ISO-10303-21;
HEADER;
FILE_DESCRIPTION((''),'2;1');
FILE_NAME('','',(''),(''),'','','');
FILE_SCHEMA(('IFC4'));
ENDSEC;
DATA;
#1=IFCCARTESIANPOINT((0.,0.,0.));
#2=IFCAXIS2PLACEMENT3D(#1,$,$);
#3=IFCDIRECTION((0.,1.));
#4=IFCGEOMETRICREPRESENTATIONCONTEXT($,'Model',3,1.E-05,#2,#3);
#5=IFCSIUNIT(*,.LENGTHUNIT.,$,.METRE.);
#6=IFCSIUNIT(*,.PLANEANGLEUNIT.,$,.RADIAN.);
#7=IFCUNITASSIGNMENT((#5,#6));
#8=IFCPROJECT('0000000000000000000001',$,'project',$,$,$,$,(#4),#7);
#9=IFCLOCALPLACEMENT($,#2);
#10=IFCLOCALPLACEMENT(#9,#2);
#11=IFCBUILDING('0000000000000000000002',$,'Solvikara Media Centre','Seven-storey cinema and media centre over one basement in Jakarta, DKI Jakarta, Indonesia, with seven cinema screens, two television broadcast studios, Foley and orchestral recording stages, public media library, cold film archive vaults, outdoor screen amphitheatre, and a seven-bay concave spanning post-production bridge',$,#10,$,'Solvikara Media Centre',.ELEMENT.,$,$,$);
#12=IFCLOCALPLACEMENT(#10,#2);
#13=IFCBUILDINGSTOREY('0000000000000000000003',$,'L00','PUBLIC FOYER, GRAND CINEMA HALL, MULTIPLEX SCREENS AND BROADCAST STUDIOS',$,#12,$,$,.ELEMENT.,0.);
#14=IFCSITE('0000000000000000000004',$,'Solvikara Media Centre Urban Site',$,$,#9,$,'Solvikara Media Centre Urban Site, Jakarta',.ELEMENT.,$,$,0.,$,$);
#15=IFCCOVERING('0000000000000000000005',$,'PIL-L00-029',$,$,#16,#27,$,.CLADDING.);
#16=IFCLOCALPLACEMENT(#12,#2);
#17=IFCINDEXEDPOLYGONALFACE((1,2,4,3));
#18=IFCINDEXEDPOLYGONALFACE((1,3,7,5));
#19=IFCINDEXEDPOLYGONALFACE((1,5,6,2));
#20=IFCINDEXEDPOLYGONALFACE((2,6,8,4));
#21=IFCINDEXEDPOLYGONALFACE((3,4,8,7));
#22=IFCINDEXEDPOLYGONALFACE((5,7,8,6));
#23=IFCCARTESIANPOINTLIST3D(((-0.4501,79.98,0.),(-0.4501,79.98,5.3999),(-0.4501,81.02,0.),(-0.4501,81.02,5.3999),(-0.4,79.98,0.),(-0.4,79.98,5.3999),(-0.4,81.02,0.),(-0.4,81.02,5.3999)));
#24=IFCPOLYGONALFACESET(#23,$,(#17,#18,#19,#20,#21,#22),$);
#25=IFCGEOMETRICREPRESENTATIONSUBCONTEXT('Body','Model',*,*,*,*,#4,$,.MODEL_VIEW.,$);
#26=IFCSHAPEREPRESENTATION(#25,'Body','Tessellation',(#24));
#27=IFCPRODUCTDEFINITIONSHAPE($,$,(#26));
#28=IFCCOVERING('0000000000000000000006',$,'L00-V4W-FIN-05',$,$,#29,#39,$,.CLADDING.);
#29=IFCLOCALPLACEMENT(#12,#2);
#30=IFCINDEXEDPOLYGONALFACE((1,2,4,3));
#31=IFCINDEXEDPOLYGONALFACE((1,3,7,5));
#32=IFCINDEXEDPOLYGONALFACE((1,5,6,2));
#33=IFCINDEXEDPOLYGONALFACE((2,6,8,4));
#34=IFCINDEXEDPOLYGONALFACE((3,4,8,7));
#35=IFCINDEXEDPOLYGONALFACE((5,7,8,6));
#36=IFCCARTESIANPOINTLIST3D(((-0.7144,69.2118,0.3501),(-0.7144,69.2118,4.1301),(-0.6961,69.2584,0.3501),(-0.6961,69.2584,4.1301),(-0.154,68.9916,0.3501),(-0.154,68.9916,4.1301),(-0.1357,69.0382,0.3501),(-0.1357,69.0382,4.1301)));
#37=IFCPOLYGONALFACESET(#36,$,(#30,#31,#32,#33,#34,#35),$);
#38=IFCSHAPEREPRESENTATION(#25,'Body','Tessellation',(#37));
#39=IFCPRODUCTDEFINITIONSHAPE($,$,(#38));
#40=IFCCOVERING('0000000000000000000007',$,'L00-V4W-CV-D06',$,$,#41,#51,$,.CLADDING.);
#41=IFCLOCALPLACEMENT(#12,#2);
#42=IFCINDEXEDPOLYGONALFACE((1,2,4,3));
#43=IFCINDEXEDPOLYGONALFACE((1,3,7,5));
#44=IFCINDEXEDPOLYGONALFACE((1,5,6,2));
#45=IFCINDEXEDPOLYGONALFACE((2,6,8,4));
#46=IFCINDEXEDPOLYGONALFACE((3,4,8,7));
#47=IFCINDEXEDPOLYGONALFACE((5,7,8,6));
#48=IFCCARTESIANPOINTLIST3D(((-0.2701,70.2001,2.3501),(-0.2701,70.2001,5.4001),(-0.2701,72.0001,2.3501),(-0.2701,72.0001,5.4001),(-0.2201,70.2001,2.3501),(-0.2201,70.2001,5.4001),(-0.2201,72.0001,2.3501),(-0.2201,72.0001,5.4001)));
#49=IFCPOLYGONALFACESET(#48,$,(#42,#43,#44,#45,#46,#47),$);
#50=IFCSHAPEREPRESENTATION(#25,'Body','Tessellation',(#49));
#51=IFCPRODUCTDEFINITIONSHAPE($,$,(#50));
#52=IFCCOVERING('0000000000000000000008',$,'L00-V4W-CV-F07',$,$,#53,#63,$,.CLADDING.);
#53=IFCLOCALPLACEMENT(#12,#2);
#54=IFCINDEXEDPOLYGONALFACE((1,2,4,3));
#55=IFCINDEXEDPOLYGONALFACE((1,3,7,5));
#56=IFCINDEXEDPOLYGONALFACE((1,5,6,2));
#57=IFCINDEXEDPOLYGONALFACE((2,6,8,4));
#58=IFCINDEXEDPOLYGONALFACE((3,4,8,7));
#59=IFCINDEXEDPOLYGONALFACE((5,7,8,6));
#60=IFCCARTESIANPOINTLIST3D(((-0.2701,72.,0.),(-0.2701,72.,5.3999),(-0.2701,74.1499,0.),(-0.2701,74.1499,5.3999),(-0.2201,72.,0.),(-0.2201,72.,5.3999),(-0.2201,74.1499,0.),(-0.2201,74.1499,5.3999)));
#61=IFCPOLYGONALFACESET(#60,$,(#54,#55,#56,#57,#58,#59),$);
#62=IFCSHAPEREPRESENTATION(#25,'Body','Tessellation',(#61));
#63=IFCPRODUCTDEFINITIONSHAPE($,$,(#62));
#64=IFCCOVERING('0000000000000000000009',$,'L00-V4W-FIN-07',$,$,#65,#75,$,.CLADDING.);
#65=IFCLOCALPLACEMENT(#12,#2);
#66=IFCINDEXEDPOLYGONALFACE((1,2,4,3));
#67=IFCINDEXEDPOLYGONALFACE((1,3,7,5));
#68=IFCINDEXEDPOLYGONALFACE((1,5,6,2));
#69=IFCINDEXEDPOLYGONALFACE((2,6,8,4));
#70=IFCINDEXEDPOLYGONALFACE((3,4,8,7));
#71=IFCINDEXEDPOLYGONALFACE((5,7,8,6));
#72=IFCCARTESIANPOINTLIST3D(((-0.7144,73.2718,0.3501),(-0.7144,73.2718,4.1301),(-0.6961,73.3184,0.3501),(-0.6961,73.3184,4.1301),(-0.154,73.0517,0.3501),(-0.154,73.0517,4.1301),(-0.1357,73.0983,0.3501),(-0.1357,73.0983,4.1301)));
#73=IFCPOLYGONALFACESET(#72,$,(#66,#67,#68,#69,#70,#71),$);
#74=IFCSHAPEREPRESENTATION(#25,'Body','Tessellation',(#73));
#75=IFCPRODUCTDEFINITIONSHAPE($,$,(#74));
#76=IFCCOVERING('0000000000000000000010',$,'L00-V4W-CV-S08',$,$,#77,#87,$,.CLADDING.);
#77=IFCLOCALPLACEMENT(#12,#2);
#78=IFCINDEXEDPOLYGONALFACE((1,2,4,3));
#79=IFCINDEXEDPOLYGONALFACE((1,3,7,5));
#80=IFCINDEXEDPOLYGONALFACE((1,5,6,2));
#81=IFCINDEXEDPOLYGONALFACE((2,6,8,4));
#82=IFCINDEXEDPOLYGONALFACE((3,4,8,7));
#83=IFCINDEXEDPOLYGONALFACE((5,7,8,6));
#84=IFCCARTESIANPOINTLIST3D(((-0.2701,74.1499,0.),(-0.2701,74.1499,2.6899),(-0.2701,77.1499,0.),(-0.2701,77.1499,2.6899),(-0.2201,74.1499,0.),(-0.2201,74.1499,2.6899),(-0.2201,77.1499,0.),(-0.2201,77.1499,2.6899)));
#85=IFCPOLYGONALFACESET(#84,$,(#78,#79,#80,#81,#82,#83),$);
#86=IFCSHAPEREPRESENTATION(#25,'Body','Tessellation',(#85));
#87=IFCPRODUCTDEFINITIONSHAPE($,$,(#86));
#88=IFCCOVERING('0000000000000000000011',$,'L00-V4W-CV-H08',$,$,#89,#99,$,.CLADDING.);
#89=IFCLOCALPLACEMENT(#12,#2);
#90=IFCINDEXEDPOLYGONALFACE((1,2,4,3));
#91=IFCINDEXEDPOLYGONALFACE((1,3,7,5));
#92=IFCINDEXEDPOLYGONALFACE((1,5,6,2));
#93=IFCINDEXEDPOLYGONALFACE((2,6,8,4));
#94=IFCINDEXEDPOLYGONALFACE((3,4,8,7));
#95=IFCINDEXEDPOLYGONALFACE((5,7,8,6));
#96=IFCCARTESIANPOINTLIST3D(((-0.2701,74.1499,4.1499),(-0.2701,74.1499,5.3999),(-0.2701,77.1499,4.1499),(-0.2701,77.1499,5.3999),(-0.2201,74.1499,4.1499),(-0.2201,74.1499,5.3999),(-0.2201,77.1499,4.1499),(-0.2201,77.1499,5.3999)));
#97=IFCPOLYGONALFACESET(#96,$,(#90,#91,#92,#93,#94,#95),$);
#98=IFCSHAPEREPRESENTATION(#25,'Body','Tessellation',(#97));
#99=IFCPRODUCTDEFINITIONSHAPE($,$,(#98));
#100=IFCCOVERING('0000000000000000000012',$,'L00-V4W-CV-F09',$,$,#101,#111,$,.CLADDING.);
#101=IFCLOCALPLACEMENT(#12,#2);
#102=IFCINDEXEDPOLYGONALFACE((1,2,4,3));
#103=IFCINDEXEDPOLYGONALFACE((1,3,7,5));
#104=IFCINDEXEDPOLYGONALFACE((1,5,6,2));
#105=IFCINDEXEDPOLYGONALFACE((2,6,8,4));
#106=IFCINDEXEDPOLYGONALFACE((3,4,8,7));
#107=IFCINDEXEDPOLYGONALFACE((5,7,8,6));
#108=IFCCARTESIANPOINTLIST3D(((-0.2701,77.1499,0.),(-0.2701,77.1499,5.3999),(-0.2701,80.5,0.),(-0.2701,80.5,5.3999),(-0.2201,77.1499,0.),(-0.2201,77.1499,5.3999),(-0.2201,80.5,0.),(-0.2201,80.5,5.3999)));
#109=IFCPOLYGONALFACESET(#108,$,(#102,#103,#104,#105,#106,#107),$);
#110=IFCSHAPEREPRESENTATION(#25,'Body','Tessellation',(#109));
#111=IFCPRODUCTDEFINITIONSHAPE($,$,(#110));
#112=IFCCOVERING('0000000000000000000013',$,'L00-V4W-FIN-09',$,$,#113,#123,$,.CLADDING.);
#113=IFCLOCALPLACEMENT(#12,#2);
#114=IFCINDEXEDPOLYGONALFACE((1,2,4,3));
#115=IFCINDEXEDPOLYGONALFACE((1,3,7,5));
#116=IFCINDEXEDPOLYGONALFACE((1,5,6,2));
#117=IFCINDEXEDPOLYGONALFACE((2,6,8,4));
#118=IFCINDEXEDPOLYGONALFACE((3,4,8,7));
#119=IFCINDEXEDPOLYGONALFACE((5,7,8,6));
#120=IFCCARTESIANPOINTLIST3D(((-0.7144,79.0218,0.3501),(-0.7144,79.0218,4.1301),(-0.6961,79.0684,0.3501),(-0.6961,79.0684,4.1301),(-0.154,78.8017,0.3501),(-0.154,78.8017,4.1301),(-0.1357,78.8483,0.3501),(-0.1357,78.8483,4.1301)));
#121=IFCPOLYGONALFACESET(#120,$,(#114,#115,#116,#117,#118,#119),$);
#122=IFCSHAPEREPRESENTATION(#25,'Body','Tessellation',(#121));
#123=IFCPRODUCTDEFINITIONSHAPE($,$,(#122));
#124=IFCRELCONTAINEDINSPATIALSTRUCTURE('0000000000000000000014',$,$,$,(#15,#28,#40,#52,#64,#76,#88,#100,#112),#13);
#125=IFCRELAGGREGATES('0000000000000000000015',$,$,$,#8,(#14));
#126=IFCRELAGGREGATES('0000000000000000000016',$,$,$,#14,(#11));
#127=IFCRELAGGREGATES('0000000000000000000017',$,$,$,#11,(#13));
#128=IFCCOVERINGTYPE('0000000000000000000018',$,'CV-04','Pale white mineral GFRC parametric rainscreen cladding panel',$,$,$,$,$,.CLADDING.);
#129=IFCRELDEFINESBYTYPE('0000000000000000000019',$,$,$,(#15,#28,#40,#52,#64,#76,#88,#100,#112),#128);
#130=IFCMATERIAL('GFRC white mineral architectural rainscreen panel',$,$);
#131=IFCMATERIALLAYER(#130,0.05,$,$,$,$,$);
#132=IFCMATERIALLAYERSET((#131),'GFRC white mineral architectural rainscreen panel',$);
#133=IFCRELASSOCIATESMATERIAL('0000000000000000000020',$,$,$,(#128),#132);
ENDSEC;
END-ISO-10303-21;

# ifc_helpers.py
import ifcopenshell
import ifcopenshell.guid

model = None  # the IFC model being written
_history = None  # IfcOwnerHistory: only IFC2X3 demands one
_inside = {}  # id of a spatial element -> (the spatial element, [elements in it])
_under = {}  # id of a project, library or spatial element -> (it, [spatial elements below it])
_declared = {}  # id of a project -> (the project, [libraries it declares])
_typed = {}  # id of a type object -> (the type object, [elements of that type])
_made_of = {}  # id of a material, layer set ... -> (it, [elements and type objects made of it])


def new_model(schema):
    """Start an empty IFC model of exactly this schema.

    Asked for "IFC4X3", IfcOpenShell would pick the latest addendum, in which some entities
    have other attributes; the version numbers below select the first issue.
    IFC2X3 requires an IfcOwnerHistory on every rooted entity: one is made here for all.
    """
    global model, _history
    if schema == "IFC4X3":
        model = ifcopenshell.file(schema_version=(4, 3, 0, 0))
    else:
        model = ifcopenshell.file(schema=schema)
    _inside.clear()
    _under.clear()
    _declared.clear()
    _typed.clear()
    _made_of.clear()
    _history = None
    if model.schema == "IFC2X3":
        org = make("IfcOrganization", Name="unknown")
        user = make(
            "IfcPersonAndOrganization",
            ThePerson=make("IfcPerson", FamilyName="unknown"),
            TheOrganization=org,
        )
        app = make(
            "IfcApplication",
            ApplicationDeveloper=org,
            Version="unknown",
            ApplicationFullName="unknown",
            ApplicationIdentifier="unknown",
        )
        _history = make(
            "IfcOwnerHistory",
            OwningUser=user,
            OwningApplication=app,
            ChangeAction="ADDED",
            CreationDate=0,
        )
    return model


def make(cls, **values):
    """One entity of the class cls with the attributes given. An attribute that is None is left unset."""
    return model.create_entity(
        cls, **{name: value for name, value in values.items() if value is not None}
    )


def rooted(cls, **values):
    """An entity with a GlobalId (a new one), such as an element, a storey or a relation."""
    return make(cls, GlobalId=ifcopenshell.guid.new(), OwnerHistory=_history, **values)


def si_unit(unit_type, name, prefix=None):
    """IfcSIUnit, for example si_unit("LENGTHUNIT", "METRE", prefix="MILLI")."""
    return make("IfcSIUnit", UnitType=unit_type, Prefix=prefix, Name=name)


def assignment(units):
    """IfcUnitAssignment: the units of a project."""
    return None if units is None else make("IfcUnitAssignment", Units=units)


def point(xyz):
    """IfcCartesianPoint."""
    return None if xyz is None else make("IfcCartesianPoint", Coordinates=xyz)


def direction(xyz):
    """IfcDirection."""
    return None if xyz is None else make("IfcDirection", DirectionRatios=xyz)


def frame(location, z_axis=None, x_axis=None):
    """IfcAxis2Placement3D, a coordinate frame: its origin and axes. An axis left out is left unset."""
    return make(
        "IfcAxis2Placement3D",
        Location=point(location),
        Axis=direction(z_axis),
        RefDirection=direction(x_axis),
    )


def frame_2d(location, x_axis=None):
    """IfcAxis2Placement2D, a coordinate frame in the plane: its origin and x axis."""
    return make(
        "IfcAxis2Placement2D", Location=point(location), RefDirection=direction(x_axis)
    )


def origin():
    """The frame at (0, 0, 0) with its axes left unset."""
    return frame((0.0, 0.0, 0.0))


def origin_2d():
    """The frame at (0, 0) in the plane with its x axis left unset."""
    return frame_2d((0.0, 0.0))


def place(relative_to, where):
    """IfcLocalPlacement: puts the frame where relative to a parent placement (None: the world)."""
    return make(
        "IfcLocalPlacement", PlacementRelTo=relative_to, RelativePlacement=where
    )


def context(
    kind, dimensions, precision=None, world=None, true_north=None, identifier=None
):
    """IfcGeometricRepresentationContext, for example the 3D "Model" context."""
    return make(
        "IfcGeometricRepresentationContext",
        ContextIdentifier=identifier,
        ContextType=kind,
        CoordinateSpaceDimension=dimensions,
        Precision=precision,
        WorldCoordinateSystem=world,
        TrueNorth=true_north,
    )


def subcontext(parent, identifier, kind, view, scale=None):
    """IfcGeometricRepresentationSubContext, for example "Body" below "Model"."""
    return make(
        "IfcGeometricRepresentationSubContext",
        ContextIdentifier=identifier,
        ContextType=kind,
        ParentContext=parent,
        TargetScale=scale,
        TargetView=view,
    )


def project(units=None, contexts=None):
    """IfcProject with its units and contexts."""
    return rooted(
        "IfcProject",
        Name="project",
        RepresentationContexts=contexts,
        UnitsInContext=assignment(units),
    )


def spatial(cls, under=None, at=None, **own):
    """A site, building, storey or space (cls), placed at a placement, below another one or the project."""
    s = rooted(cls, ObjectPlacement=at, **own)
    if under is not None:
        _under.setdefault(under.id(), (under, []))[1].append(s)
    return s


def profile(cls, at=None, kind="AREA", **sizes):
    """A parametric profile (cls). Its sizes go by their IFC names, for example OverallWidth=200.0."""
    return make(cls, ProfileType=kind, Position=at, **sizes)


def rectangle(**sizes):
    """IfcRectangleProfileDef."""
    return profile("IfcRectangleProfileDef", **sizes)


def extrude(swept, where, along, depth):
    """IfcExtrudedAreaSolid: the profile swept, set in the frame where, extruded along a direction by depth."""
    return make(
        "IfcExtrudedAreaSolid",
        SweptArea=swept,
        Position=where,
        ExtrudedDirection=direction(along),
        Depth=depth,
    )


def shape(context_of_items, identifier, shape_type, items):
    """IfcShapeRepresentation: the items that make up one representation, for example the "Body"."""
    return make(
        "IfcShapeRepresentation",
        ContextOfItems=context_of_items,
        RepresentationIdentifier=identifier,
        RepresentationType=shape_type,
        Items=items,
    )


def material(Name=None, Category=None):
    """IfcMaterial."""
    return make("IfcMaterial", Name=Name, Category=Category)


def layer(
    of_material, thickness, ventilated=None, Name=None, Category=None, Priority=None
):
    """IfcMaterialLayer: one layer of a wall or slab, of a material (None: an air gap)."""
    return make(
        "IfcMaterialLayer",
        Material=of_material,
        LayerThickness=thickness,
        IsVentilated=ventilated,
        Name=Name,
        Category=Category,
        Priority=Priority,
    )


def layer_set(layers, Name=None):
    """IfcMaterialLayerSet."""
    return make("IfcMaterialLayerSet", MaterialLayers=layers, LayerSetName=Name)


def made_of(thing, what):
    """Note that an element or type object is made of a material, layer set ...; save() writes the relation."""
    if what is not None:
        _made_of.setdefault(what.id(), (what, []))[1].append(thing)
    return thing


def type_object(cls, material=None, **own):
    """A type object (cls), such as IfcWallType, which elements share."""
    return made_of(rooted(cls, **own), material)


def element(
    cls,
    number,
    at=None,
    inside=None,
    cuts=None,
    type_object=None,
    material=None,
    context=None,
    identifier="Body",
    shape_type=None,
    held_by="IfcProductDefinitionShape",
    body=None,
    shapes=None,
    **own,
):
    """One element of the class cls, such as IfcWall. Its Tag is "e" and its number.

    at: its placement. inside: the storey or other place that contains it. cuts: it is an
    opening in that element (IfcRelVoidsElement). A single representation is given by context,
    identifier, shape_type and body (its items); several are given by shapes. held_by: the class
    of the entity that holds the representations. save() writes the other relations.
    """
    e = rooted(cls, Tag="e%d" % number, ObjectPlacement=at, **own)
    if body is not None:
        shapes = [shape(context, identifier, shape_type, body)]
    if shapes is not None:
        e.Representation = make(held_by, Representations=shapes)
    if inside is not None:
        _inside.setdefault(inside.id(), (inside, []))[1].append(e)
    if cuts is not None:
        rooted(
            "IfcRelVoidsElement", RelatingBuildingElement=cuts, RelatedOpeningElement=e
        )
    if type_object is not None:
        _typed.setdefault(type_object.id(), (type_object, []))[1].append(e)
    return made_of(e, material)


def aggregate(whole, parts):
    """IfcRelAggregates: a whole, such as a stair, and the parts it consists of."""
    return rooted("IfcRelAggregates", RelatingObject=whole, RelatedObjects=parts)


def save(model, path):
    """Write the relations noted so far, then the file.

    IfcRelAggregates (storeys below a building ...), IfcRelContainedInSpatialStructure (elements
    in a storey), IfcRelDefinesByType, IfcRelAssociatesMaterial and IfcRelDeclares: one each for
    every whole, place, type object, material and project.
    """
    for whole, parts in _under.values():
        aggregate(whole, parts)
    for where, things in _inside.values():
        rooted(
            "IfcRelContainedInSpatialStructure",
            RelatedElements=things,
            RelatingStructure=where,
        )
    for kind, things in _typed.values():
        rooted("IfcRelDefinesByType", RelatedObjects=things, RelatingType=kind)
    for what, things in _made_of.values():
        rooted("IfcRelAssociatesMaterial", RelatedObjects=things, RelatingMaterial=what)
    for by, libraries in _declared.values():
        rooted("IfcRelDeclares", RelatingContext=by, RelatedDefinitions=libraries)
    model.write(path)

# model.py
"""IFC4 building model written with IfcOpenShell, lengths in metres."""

from ifc_helpers import new_model, si_unit, direction, frame, origin, origin_2d, place, context, subcontext, project, spatial, rectangle, extrude, material, layer, layer_set, type_object, element, save


model = new_model("IFC4")

# Units and contexts
model_context = context("Model", 3, precision=1e-05, world=origin(), true_north=direction((0.0, 1.0)))
body_context = subcontext(model_context, "Body", "Model", "MODEL_VIEW")
ifc_project = project(units=[si_unit("LENGTHUNIT", "METRE"), si_unit("PLANEANGLEUNIT", "RADIAN")], contexts=[model_context])

# Site, building, storey
site_placement = place(None, origin())
site = spatial("IfcSite", under=ifc_project, at=site_placement, Name="Solvikara Media Centre Urban Site", LongName="Solvikara Media Centre Urban Site, Jakarta", CompositionType="ELEMENT", RefElevation=0.0)
building_placement = place(site_placement, origin())
building = spatial("IfcBuilding", under=site, at=building_placement, Name="Solvikara Media Centre", Description="Seven-storey cinema and media centre over one basement in Jakarta, DKI Jakarta, Indonesia, with seven cinema screens, two television broadcast studios, Foley and orchestral recording stages, public media library, cold film archive vaults, outdoor screen amphitheatre, and a seven-bay concave spanning post-production bridge", LongName="Solvikara Media Centre", CompositionType="ELEMENT")
storey_placement = place(building_placement, origin())
storey = spatial("IfcBuildingStorey", under=building, at=storey_placement, Name="L00", Description="PUBLIC FOYER, GRAND CINEMA HALL, MULTIPLEX SCREENS AND BROADCAST STUDIOS", CompositionType="ELEMENT", Elevation=0.0)

# Coverings
ifc_material_1 = material(Name="GFRC white mineral architectural rainscreen panel")
ifc_layer_1 = layer(ifc_material_1, 0.05)
ifc_layer_set_1 = layer_set([ifc_layer_1], Name="GFRC white mineral architectural rainscreen panel")
covering_type = type_object("IfcCoveringType", Name="CV-04", Description="Pale white mineral GFRC parametric rainscreen cladding panel", PredefinedType="CLADDING", material=ifc_layer_set_1)
covering_1_placement = place(storey_placement, frame((-0.425, 80.5, 0.0), z_axis=(0.0, 0.0, 1.0), x_axis=(0.0, -1.0, 0.0)))
element("IfcCovering", 1, at=covering_1_placement, inside=storey, type_object=covering_type, Name="PIL-L00-029", PredefinedType="CLADDING", context=body_context, shape_type="SweptSolid", body=[
    extrude(rectangle(XDim=1.04, YDim=0.05, at=origin_2d()), origin(), (0.0, 0.0, 1.0), 5.3999),
])
covering_2_placement = place(storey_placement, frame((-0.425, 69.125, 0.3501), z_axis=(0.0, 0.0, 1.0), x_axis=(-0.93075, 0.365657, 0.0)))
element("IfcCovering", 2, at=covering_2_placement, inside=storey, type_object=covering_type, Name="L00-V4W-FIN-05", PredefinedType="CLADDING", context=body_context, shape_type="SweptSolid", body=[
    extrude(rectangle(XDim=0.6021, YDim=0.05, at=origin_2d()), origin(), (0.0, 0.0, 1.0), 3.78),
])
covering_3_placement = place(storey_placement, frame((-0.2451, 71.1001, 2.3501), z_axis=(0.0, 0.0, 1.0), x_axis=(0.0, 1.0, 0.0)))
element("IfcCovering", 3, at=covering_3_placement, inside=storey, type_object=covering_type, Name="L00-V4W-CV-D06", PredefinedType="CLADDING", context=body_context, shape_type="SweptSolid", body=[
    extrude(rectangle(XDim=1.8, YDim=0.05, at=origin_2d()), origin(), (0.0, 0.0, 1.0), 3.05),
])
covering_4_placement = place(storey_placement, frame((-0.2451, 73.075, 0.0), z_axis=(0.0, 0.0, 1.0), x_axis=(0.0, 1.0, 0.0)))
element("IfcCovering", 4, at=covering_4_placement, inside=storey, type_object=covering_type, Name="L00-V4W-CV-F07", PredefinedType="CLADDING", context=body_context, shape_type="SweptSolid", body=[
    extrude(rectangle(XDim=2.1499, YDim=0.05, at=origin_2d()), origin(), (0.0, 0.0, 1.0), 5.3999),
])
covering_5_placement = place(storey_placement, frame((-0.425, 73.1851, 0.3501), z_axis=(0.0, 0.0, 1.0), x_axis=(-0.93075, 0.365657, 0.0)))
element("IfcCovering", 5, at=covering_5_placement, inside=storey, type_object=covering_type, Name="L00-V4W-FIN-07", PredefinedType="CLADDING", context=body_context, shape_type="SweptSolid", body=[
    extrude(rectangle(XDim=0.6021, YDim=0.05, at=origin_2d()), origin(), (0.0, 0.0, 1.0), 3.78),
])
covering_6_placement = place(storey_placement, frame((-0.2451, 75.6499, 0.0), z_axis=(0.0, 0.0, 1.0), x_axis=(0.0, 1.0, 0.0)))
element("IfcCovering", 6, at=covering_6_placement, inside=storey, type_object=covering_type, Name="L00-V4W-CV-S08", PredefinedType="CLADDING", context=body_context, shape_type="SweptSolid", body=[
    extrude(rectangle(XDim=3.0, YDim=0.05, at=origin_2d()), origin(), (0.0, 0.0, 1.0), 2.6899),
])
covering_7_placement = place(storey_placement, frame((-0.2451, 75.6499, 4.1499), z_axis=(0.0, 0.0, 1.0), x_axis=(0.0, 1.0, 0.0)))
element("IfcCovering", 7, at=covering_7_placement, inside=storey, type_object=covering_type, Name="L00-V4W-CV-H08", PredefinedType="CLADDING", context=body_context, shape_type="SweptSolid", body=[
    extrude(rectangle(XDim=3.0, YDim=0.05, at=origin_2d()), origin(), (0.0, 0.0, 1.0), 1.25),
])
covering_8_placement = place(storey_placement, frame((-0.2451, 78.825, 0.0), z_axis=(0.0, 0.0, 1.0), x_axis=(0.0, 1.0, 0.0)))
element("IfcCovering", 8, at=covering_8_placement, inside=storey, type_object=covering_type, Name="L00-V4W-CV-F09", PredefinedType="CLADDING", context=body_context, shape_type="SweptSolid", body=[
    extrude(rectangle(XDim=3.3501, YDim=0.05, at=origin_2d()), origin(), (0.0, 0.0, 1.0), 5.3999),
])
covering_9_placement = place(storey_placement, frame((-0.425, 78.9351, 0.3501), z_axis=(0.0, 0.0, 1.0), x_axis=(-0.93075, 0.365657, 0.0)))
element("IfcCovering", 9, at=covering_9_placement, inside=storey, type_object=covering_type, Name="L00-V4W-FIN-09", PredefinedType="CLADDING", context=body_context, shape_type="SweptSolid", body=[
    extrude(rectangle(XDim=0.6021, YDim=0.05, at=origin_2d()), origin(), (0.0, 0.0, 1.0), 3.78),
])

save(model, "model.ifc")
